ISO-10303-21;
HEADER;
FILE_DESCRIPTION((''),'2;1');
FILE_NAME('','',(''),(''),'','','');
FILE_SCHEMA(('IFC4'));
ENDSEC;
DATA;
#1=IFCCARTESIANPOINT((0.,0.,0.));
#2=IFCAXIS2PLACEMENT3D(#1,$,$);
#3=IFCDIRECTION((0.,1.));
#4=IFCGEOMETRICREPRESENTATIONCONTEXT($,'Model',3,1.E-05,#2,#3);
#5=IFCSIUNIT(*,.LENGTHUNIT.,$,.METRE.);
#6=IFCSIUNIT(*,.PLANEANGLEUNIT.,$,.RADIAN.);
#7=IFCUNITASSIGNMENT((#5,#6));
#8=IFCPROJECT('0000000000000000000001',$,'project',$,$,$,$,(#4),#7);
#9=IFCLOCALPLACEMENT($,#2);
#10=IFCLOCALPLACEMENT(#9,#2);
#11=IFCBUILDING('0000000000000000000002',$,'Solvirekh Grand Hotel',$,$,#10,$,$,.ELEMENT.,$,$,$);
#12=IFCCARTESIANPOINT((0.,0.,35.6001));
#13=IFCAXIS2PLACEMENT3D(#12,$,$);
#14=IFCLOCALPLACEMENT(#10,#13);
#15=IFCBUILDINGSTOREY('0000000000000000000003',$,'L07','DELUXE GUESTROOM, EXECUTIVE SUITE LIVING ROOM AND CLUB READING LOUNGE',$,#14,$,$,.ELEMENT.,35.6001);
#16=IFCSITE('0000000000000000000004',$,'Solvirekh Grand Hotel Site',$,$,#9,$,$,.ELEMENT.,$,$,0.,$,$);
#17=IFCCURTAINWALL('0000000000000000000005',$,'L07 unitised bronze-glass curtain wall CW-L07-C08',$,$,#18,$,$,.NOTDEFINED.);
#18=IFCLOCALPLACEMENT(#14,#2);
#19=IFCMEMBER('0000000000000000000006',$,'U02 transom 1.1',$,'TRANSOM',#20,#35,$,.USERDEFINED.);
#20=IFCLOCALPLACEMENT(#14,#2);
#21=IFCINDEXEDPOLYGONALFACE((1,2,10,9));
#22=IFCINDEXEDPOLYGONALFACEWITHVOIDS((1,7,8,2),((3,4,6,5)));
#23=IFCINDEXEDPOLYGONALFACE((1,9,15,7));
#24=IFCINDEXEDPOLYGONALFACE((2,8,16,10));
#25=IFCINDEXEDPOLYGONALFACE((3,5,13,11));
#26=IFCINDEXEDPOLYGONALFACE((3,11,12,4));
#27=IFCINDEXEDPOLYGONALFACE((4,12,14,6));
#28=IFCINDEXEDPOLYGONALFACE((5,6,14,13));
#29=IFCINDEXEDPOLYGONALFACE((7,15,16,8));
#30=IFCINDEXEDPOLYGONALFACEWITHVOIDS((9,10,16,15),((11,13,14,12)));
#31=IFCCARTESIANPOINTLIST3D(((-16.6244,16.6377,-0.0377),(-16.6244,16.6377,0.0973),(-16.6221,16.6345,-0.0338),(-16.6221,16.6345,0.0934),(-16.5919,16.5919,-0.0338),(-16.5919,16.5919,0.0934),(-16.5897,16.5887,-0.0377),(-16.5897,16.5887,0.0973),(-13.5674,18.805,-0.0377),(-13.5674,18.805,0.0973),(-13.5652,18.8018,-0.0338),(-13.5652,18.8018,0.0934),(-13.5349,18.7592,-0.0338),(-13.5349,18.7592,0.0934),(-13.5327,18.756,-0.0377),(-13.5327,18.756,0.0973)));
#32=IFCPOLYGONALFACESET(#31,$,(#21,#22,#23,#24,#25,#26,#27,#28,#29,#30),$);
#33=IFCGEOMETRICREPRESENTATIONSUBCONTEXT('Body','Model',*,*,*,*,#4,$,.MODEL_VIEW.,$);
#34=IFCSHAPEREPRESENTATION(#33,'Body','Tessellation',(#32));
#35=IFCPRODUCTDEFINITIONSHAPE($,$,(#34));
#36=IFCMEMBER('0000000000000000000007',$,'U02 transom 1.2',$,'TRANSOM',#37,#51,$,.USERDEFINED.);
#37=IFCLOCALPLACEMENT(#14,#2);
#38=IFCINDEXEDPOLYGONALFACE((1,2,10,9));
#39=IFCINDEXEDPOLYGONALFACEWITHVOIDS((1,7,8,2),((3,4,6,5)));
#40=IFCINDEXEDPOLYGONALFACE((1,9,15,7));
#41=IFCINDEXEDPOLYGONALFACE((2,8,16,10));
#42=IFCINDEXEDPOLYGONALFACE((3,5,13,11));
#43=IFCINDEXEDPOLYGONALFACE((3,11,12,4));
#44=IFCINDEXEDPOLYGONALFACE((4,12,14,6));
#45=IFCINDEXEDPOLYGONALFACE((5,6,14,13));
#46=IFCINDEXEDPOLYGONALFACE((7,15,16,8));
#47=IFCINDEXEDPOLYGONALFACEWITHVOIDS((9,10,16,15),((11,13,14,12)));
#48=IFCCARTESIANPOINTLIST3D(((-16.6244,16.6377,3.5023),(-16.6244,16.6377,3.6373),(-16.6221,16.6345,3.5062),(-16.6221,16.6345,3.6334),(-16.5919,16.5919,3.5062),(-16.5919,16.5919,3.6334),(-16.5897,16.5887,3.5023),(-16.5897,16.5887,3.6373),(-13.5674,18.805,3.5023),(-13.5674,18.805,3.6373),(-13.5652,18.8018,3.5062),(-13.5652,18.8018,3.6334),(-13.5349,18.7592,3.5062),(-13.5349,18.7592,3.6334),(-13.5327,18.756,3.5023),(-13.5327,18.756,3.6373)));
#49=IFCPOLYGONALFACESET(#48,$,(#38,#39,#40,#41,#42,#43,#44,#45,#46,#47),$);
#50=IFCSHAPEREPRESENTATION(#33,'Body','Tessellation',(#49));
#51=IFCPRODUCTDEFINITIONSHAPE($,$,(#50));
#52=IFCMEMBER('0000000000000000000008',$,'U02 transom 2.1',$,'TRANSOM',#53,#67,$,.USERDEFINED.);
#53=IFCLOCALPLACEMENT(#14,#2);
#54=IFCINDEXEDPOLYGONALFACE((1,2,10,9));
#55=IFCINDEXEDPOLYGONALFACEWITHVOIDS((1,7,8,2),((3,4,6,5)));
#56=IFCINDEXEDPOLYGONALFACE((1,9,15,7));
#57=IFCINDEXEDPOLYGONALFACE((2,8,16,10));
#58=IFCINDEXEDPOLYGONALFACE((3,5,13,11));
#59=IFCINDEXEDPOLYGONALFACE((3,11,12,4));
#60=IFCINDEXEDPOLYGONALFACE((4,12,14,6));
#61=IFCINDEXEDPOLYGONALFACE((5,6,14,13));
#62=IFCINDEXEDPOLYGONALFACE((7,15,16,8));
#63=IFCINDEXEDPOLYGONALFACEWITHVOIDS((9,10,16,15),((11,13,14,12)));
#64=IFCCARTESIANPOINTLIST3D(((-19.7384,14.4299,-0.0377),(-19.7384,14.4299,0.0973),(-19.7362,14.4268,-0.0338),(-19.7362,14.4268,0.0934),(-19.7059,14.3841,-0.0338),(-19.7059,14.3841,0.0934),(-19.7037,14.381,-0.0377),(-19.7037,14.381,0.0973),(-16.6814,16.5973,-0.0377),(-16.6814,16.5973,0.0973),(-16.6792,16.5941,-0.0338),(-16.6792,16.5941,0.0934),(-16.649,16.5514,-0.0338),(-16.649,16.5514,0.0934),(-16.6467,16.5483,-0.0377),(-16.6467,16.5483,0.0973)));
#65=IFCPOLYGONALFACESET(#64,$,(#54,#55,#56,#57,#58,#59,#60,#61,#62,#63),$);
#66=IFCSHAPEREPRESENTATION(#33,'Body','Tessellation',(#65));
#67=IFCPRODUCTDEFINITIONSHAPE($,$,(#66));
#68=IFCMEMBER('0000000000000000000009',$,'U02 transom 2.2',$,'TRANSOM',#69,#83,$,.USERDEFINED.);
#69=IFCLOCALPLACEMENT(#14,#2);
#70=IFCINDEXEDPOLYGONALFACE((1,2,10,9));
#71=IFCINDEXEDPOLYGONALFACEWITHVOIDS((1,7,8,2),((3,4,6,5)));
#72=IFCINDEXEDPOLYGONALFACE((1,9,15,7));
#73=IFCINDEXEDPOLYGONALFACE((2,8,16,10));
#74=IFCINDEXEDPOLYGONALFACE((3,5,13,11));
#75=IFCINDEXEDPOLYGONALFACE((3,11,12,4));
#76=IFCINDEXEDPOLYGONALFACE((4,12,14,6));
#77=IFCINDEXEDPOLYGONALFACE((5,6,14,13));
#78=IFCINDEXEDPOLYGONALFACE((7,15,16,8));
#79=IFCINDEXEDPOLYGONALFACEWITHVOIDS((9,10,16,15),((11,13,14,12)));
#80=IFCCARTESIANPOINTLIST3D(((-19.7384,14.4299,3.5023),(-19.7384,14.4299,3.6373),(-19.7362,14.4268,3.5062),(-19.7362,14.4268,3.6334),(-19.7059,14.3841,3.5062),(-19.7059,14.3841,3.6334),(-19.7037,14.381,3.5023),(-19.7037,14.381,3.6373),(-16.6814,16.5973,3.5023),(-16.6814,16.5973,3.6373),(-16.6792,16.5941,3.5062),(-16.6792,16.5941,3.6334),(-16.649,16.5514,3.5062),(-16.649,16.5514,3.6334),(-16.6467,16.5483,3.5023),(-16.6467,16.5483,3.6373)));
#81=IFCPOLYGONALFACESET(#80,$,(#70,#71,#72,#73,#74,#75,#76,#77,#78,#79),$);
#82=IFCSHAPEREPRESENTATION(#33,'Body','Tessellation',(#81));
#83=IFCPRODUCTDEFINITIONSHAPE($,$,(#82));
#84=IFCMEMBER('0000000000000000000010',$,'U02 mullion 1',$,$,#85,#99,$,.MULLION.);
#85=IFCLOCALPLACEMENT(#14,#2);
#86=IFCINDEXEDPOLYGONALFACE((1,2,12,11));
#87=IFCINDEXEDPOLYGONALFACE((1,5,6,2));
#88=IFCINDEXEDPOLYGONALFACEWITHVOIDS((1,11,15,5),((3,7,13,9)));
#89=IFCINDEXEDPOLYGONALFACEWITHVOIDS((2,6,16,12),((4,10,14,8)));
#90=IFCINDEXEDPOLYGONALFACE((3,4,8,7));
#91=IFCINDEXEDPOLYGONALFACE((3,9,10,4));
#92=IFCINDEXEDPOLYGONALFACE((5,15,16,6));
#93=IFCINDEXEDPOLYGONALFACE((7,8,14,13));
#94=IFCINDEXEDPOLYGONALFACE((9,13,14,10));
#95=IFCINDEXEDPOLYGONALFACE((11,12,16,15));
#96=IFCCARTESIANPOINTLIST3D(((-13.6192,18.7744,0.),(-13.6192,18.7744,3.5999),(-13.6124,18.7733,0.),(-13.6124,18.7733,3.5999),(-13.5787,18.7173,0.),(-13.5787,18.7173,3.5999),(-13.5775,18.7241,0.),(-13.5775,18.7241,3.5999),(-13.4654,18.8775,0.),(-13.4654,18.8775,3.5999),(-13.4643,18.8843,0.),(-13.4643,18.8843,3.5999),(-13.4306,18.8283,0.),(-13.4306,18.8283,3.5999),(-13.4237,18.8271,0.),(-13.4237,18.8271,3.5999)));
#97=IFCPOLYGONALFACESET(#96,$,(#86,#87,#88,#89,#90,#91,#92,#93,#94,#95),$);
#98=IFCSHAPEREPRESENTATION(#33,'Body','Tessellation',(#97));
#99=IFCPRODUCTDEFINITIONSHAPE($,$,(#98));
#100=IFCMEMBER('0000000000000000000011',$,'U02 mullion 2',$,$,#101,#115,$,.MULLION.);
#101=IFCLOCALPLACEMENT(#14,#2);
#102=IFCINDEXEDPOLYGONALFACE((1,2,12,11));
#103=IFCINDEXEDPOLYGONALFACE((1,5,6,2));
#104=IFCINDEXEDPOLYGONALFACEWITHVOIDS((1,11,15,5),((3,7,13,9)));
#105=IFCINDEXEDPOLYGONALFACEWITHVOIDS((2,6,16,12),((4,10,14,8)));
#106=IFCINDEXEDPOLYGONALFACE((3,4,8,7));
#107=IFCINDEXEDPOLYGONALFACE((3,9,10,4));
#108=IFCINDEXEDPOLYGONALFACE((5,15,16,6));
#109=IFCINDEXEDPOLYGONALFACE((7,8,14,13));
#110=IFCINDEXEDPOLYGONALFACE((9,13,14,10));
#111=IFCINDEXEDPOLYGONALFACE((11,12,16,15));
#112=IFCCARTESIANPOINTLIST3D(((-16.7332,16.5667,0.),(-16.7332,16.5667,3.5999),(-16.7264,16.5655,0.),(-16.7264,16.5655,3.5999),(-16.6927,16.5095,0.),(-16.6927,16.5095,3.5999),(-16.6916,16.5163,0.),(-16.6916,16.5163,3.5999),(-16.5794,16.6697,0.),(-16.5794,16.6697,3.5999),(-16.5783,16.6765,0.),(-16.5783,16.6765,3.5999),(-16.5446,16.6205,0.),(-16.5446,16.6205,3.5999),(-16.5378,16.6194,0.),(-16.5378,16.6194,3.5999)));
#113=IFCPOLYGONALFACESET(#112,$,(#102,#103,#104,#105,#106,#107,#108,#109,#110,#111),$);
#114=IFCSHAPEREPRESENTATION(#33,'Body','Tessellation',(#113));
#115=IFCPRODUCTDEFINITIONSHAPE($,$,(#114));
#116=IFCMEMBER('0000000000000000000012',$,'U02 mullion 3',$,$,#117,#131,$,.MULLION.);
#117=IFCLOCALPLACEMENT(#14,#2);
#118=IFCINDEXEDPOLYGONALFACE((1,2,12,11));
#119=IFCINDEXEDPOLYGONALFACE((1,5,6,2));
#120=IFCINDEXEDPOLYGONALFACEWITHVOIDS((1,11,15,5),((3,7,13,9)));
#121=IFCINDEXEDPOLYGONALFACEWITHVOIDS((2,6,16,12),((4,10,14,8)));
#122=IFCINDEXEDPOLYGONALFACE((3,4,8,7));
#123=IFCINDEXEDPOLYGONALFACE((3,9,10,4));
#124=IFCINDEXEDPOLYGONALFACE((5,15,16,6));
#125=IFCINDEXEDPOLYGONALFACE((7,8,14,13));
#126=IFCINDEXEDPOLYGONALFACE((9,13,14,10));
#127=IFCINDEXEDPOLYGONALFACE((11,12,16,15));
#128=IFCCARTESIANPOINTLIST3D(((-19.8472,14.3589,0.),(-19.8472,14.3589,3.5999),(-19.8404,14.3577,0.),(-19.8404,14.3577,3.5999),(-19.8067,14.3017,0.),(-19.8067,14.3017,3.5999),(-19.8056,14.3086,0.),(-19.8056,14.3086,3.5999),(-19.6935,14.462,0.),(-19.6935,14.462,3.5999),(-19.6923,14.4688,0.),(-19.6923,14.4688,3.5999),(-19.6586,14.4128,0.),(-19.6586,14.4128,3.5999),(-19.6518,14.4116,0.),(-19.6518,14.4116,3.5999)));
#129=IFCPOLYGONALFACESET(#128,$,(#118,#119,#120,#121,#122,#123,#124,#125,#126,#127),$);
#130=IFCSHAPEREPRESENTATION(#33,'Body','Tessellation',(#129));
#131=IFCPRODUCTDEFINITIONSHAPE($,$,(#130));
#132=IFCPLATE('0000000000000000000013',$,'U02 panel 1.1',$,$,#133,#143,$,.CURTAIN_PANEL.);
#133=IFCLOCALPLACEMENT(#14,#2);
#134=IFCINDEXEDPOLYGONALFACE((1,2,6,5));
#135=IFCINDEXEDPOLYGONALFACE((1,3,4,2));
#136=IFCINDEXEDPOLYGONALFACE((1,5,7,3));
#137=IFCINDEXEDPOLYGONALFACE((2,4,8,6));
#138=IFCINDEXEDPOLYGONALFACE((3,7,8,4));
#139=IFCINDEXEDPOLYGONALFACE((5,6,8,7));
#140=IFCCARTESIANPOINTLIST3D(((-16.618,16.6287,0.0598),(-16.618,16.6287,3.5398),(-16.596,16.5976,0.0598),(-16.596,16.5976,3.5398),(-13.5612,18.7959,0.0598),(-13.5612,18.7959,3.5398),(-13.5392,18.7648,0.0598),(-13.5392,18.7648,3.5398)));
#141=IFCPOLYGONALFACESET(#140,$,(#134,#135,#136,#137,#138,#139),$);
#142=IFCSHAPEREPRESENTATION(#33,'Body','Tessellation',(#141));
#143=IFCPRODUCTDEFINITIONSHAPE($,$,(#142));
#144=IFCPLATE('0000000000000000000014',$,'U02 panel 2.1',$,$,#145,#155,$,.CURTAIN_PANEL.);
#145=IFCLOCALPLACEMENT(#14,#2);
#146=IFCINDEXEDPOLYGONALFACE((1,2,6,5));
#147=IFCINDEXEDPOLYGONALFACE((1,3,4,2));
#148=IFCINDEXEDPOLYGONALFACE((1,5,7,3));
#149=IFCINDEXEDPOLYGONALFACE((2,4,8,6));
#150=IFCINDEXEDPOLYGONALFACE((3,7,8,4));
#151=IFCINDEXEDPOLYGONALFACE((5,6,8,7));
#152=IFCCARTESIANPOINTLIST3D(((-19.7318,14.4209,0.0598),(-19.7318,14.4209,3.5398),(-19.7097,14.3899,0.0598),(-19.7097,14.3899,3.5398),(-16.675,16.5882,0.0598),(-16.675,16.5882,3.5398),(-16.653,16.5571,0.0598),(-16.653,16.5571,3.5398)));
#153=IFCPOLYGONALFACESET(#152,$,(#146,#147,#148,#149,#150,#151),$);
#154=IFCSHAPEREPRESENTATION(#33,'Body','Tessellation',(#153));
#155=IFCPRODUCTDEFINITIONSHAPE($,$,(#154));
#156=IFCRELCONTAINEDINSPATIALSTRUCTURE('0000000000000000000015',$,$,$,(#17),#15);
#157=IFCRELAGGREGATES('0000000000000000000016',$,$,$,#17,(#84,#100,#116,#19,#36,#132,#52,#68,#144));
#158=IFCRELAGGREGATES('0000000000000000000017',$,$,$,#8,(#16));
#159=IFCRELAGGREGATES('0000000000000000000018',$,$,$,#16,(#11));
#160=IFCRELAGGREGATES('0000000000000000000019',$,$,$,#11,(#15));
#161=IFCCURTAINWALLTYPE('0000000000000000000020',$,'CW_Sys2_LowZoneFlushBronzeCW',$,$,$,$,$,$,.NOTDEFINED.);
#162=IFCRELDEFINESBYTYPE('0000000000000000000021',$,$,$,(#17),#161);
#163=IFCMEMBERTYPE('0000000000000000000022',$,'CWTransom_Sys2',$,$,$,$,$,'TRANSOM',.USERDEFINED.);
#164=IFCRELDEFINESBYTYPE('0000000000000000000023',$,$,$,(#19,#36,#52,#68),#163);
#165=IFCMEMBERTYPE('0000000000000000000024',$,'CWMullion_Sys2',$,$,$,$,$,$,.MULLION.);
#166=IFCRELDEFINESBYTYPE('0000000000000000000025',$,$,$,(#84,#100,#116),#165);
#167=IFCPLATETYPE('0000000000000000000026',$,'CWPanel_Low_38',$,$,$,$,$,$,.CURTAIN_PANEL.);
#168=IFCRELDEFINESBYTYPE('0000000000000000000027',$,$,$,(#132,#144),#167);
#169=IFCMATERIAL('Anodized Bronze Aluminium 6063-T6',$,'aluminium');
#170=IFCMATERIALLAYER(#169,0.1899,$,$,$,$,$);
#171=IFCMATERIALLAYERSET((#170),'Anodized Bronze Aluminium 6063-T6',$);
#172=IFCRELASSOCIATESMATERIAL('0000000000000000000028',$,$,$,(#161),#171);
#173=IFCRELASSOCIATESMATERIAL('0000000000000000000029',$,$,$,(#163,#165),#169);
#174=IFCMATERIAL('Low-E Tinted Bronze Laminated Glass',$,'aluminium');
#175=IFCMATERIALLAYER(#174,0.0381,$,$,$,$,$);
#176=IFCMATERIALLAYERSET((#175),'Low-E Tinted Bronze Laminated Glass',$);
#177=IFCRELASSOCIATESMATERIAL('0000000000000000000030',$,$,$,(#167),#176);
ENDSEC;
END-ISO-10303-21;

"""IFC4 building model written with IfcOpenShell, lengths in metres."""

from ifc_helpers import new_model, si_unit, direction, frame, origin, origin_2d, place, context, subcontext, project, spatial, rectangle, hollow_rectangle, extrude, source, transform, mapped, material, layer, layer_set, material_profile, profile_set, type_object, element, aggregate, save


model = new_model("IFC4")

# Units and contexts
model_context = context("Model", 3, precision=1e-05, world=origin(), true_north=direction((0.0, 1.0)))
body_context = subcontext(model_context, "Body", "Model", "MODEL_VIEW")
ifc_project = project(units=[si_unit("LENGTHUNIT", "METRE"), si_unit("PLANEANGLEUNIT", "RADIAN")], contexts=[model_context])

# Site, building, storey
site_placement = place(None, origin())
site = spatial("IfcSite", under=ifc_project, at=site_placement, Name="Solvirekh Grand Hotel Site", CompositionType="ELEMENT", RefElevation=0.0)
building_placement = place(site_placement, origin())
building = spatial("IfcBuilding", under=site, at=building_placement, Name="Solvirekh Grand Hotel", CompositionType="ELEMENT")
storey_placement = place(building_placement, frame((0.0, 0.0, 35.6001)))
storey = spatial("IfcBuildingStorey", under=building, at=storey_placement, Name="L07", Description="DELUXE GUESTROOM, EXECUTIVE SUITE LIVING ROOM AND CLUB READING LOUNGE", CompositionType="ELEMENT", Elevation=35.6001)

# Curtain wall, members, plates
ifc_material_1 = material(Name="Anodized Bronze Aluminium 6063-T6", Category="aluminium")
ifc_layer_1 = layer(ifc_material_1, 0.1899)
ifc_layer_set_1 = layer_set([ifc_layer_1], Name="Anodized Bronze Aluminium 6063-T6")
curtain_wall_type = type_object("IfcCurtainWallType", Name="CW_Sys2_LowZoneFlushBronzeCW", PredefinedType="NOTDEFINED", material=ifc_layer_set_1)
curtain_wall_placement = place(storey_placement, origin())
curtain_wall = element("IfcCurtainWall", 1, at=curtain_wall_placement, inside=storey, type_object=curtain_wall_type, Name="L07 unitised bronze-glass curtain wall CW-L07-C08", PredefinedType="NOTDEFINED")
ifc_material_profile_1 = material_profile(ifc_material_1, hollow_rectangle(XDim=0.0601, YDim=0.135, WallThickness=0.0039, at=origin_2d()), Name="ALU RHS 135X60X4")
ifc_profile_set_1 = profile_set([ifc_material_profile_1], Name="Anodized Bronze Aluminium 6063-T6")
member_type_1 = type_object("IfcMemberType", Name="CWTransom_Sys2", ElementType="TRANSOM", PredefinedType="USERDEFINED", material=ifc_profile_set_1)
shared_shape_1 = source(origin(), body_context, "Body", "SweptSolid", [
    extrude(hollow_rectangle(XDim=0.0601, YDim=0.135, WallThickness=0.0039, at=origin_2d()), origin(), (0.0, 0.0, 1.0), 3.7473),
])
member_1_placement = place(storey_placement, frame((-13.55, 18.7805, 0.0298), z_axis=(-0.81578, -0.578363, 0.0), x_axis=(0.578363, -0.81578, 0.0)))
member_1 = element("IfcMember", 2, at=member_1_placement, type_object=member_type_1, Name="U02 transom 1.1", ObjectType="TRANSOM", PredefinedType="USERDEFINED", context=body_context, shape_type="MappedRepresentation", body=[
    mapped(shared_shape_1, transform((0.0, 0.0, 0.0), x_axis=(1.0, 0.0, 0.0), y_axis=(0.0, 1.0, 0.0), z_axis=(0.0, 0.0, 1.0), scale=1.0)),
])
member_2_placement = place(storey_placement, frame((-13.55, 18.7805, 3.5698), z_axis=(-0.81578, -0.578363, 0.0), x_axis=(0.578363, -0.81578, 0.0)))
member_2 = element("IfcMember", 3, at=member_2_placement, type_object=member_type_1, Name="U02 transom 1.2", ObjectType="TRANSOM", PredefinedType="USERDEFINED", context=body_context, shape_type="MappedRepresentation", body=[
    mapped(shared_shape_1, transform((0.0, 0.0, 0.0), x_axis=(1.0, 0.0, 0.0), y_axis=(0.0, 1.0, 0.0), z_axis=(0.0, 0.0, 1.0), scale=1.0)),
])
member_3_placement = place(storey_placement, frame((-16.6641, 16.5728, 0.0298), z_axis=(-0.81578, -0.578363, 0.0), x_axis=(0.578363, -0.81578, 0.0)))
member_3 = element("IfcMember", 4, at=member_3_placement, type_object=member_type_1, Name="U02 transom 2.1", ObjectType="TRANSOM", PredefinedType="USERDEFINED", context=body_context, shape_type="MappedRepresentation", body=[
    mapped(shared_shape_1, transform((0.0, 0.0, 0.0), x_axis=(1.0, 0.0, 0.0), y_axis=(0.0, 1.0, 0.0), z_axis=(0.0, 0.0, 1.0), scale=1.0)),
])
member_4_placement = place(storey_placement, frame((-16.6641, 16.5728, 3.5698), z_axis=(-0.81578, -0.578363, 0.0), x_axis=(0.578363, -0.81578, 0.0)))
member_4 = element("IfcMember", 5, at=member_4_placement, type_object=member_type_1, Name="U02 transom 2.2", ObjectType="TRANSOM", PredefinedType="USERDEFINED", context=body_context, shape_type="MappedRepresentation", body=[
    mapped(shared_shape_1, transform((0.0, 0.0, 0.0), x_axis=(1.0, 0.0, 0.0), y_axis=(0.0, 1.0, 0.0), z_axis=(0.0, 0.0, 1.0), scale=1.0)),
])
ifc_material_profile_2 = material_profile(ifc_material_1, hollow_rectangle(XDim=0.0701, YDim=0.1899, WallThickness=0.0049, at=origin_2d()), Name="ALU RHS 190X70X5")
ifc_profile_set_2 = profile_set([ifc_material_profile_2], Name="Anodized Bronze Aluminium 6063-T6")
member_type_2 = type_object("IfcMemberType", Name="CWMullion_Sys2", PredefinedType="MULLION", material=ifc_profile_set_2)
shared_shape_2 = source(origin(), body_context, "Body", "SweptSolid", [
    extrude(hollow_rectangle(XDim=0.0701, YDim=0.1899, WallThickness=0.0049, at=origin_2d()), origin(), (0.0, 0.0, 1.0), 3.5999),
])
member_5_placement = place(storey_placement, frame((-13.5215, 18.8008, 0.0), z_axis=(0.0, 0.0, 1.0), x_axis=(0.578374, -0.815772, 0.0)))
member_5 = element("IfcMember", 6, at=member_5_placement, type_object=member_type_2, Name="U02 mullion 1", PredefinedType="MULLION", context=body_context, shape_type="MappedRepresentation", body=[
    mapped(shared_shape_2, transform((0.0, 0.0, 0.0), x_axis=(1.0, 0.0, 0.0), y_axis=(0.0, 1.0, 0.0), z_axis=(0.0, 0.0, 1.0), scale=1.0)),
])
member_6_placement = place(storey_placement, frame((-16.6355, 16.593, 0.0), z_axis=(0.0, 0.0, 1.0), x_axis=(0.578374, -0.815772, 0.0)))
member_6 = element("IfcMember", 7, at=member_6_placement, type_object=member_type_2, Name="U02 mullion 2", PredefinedType="MULLION", context=body_context, shape_type="MappedRepresentation", body=[
    mapped(shared_shape_2, transform((0.0, 0.0, 0.0), x_axis=(1.0, 0.0, 0.0), y_axis=(0.0, 1.0, 0.0), z_axis=(0.0, 0.0, 1.0), scale=1.0)),
])
member_7_placement = place(storey_placement, frame((-19.7495, 14.3853, 0.0), z_axis=(0.0, 0.0, 1.0), x_axis=(0.578374, -0.815772, 0.0)))
member_7 = element("IfcMember", 8, at=member_7_placement, type_object=member_type_2, Name="U02 mullion 3", PredefinedType="MULLION", context=body_context, shape_type="MappedRepresentation", body=[
    mapped(shared_shape_2, transform((0.0, 0.0, 0.0), x_axis=(1.0, 0.0, 0.0), y_axis=(0.0, 1.0, 0.0), z_axis=(0.0, 0.0, 1.0), scale=1.0)),
])
ifc_material_2 = material(Name="Low-E Tinted Bronze Laminated Glass", Category="aluminium")
ifc_layer_2 = layer(ifc_material_2, 0.0381)
ifc_layer_set_2 = layer_set([ifc_layer_2], Name="Low-E Tinted Bronze Laminated Glass")
plate_type = type_object("IfcPlateType", Name="CWPanel_Low_38", PredefinedType="CURTAIN_PANEL", material=ifc_layer_set_2)
shared_shape_3 = source(origin(), body_context, "Body", "SweptSolid", [
    extrude(rectangle(XDim=3.7471, YDim=0.0381, at=origin_2d()), origin(), (0.0, 0.0, 1.0), 3.48),
])
plate_1_placement = place(storey_placement, frame((-15.0786, 17.6968, 0.0598), z_axis=(0.0, 0.0, 1.0), x_axis=(-0.815772, -0.578374, 0.0)))
plate_1 = element("IfcPlate", 9, at=plate_1_placement, type_object=plate_type, Name="U02 panel 1.1", PredefinedType="CURTAIN_PANEL", context=body_context, shape_type="MappedRepresentation", body=[
    mapped(shared_shape_3, transform((0.0, 0.0, 0.0), x_axis=(1.0, 0.0, 0.0), y_axis=(0.0, 1.0, 0.0), z_axis=(0.0, 0.0, 1.0), scale=1.0)),
])
plate_2_placement = place(storey_placement, frame((-18.1924, 15.489, 0.0598), z_axis=(0.0, 0.0, 1.0), x_axis=(-0.815772, -0.578374, 0.0)))
plate_2 = element("IfcPlate", 10, at=plate_2_placement, type_object=plate_type, Name="U02 panel 2.1", PredefinedType="CURTAIN_PANEL", context=body_context, shape_type="MappedRepresentation", body=[
    mapped(shared_shape_3, transform((0.0, 0.0, 0.0), x_axis=(1.0, 0.0, 0.0), y_axis=(0.0, 1.0, 0.0), z_axis=(0.0, 0.0, 1.0), scale=1.0)),
])
aggregate(curtain_wall, [member_5, member_6, member_7, member_1, member_2, plate_1, member_3, member_4, plate_2])

save(model, "model.ifc")
